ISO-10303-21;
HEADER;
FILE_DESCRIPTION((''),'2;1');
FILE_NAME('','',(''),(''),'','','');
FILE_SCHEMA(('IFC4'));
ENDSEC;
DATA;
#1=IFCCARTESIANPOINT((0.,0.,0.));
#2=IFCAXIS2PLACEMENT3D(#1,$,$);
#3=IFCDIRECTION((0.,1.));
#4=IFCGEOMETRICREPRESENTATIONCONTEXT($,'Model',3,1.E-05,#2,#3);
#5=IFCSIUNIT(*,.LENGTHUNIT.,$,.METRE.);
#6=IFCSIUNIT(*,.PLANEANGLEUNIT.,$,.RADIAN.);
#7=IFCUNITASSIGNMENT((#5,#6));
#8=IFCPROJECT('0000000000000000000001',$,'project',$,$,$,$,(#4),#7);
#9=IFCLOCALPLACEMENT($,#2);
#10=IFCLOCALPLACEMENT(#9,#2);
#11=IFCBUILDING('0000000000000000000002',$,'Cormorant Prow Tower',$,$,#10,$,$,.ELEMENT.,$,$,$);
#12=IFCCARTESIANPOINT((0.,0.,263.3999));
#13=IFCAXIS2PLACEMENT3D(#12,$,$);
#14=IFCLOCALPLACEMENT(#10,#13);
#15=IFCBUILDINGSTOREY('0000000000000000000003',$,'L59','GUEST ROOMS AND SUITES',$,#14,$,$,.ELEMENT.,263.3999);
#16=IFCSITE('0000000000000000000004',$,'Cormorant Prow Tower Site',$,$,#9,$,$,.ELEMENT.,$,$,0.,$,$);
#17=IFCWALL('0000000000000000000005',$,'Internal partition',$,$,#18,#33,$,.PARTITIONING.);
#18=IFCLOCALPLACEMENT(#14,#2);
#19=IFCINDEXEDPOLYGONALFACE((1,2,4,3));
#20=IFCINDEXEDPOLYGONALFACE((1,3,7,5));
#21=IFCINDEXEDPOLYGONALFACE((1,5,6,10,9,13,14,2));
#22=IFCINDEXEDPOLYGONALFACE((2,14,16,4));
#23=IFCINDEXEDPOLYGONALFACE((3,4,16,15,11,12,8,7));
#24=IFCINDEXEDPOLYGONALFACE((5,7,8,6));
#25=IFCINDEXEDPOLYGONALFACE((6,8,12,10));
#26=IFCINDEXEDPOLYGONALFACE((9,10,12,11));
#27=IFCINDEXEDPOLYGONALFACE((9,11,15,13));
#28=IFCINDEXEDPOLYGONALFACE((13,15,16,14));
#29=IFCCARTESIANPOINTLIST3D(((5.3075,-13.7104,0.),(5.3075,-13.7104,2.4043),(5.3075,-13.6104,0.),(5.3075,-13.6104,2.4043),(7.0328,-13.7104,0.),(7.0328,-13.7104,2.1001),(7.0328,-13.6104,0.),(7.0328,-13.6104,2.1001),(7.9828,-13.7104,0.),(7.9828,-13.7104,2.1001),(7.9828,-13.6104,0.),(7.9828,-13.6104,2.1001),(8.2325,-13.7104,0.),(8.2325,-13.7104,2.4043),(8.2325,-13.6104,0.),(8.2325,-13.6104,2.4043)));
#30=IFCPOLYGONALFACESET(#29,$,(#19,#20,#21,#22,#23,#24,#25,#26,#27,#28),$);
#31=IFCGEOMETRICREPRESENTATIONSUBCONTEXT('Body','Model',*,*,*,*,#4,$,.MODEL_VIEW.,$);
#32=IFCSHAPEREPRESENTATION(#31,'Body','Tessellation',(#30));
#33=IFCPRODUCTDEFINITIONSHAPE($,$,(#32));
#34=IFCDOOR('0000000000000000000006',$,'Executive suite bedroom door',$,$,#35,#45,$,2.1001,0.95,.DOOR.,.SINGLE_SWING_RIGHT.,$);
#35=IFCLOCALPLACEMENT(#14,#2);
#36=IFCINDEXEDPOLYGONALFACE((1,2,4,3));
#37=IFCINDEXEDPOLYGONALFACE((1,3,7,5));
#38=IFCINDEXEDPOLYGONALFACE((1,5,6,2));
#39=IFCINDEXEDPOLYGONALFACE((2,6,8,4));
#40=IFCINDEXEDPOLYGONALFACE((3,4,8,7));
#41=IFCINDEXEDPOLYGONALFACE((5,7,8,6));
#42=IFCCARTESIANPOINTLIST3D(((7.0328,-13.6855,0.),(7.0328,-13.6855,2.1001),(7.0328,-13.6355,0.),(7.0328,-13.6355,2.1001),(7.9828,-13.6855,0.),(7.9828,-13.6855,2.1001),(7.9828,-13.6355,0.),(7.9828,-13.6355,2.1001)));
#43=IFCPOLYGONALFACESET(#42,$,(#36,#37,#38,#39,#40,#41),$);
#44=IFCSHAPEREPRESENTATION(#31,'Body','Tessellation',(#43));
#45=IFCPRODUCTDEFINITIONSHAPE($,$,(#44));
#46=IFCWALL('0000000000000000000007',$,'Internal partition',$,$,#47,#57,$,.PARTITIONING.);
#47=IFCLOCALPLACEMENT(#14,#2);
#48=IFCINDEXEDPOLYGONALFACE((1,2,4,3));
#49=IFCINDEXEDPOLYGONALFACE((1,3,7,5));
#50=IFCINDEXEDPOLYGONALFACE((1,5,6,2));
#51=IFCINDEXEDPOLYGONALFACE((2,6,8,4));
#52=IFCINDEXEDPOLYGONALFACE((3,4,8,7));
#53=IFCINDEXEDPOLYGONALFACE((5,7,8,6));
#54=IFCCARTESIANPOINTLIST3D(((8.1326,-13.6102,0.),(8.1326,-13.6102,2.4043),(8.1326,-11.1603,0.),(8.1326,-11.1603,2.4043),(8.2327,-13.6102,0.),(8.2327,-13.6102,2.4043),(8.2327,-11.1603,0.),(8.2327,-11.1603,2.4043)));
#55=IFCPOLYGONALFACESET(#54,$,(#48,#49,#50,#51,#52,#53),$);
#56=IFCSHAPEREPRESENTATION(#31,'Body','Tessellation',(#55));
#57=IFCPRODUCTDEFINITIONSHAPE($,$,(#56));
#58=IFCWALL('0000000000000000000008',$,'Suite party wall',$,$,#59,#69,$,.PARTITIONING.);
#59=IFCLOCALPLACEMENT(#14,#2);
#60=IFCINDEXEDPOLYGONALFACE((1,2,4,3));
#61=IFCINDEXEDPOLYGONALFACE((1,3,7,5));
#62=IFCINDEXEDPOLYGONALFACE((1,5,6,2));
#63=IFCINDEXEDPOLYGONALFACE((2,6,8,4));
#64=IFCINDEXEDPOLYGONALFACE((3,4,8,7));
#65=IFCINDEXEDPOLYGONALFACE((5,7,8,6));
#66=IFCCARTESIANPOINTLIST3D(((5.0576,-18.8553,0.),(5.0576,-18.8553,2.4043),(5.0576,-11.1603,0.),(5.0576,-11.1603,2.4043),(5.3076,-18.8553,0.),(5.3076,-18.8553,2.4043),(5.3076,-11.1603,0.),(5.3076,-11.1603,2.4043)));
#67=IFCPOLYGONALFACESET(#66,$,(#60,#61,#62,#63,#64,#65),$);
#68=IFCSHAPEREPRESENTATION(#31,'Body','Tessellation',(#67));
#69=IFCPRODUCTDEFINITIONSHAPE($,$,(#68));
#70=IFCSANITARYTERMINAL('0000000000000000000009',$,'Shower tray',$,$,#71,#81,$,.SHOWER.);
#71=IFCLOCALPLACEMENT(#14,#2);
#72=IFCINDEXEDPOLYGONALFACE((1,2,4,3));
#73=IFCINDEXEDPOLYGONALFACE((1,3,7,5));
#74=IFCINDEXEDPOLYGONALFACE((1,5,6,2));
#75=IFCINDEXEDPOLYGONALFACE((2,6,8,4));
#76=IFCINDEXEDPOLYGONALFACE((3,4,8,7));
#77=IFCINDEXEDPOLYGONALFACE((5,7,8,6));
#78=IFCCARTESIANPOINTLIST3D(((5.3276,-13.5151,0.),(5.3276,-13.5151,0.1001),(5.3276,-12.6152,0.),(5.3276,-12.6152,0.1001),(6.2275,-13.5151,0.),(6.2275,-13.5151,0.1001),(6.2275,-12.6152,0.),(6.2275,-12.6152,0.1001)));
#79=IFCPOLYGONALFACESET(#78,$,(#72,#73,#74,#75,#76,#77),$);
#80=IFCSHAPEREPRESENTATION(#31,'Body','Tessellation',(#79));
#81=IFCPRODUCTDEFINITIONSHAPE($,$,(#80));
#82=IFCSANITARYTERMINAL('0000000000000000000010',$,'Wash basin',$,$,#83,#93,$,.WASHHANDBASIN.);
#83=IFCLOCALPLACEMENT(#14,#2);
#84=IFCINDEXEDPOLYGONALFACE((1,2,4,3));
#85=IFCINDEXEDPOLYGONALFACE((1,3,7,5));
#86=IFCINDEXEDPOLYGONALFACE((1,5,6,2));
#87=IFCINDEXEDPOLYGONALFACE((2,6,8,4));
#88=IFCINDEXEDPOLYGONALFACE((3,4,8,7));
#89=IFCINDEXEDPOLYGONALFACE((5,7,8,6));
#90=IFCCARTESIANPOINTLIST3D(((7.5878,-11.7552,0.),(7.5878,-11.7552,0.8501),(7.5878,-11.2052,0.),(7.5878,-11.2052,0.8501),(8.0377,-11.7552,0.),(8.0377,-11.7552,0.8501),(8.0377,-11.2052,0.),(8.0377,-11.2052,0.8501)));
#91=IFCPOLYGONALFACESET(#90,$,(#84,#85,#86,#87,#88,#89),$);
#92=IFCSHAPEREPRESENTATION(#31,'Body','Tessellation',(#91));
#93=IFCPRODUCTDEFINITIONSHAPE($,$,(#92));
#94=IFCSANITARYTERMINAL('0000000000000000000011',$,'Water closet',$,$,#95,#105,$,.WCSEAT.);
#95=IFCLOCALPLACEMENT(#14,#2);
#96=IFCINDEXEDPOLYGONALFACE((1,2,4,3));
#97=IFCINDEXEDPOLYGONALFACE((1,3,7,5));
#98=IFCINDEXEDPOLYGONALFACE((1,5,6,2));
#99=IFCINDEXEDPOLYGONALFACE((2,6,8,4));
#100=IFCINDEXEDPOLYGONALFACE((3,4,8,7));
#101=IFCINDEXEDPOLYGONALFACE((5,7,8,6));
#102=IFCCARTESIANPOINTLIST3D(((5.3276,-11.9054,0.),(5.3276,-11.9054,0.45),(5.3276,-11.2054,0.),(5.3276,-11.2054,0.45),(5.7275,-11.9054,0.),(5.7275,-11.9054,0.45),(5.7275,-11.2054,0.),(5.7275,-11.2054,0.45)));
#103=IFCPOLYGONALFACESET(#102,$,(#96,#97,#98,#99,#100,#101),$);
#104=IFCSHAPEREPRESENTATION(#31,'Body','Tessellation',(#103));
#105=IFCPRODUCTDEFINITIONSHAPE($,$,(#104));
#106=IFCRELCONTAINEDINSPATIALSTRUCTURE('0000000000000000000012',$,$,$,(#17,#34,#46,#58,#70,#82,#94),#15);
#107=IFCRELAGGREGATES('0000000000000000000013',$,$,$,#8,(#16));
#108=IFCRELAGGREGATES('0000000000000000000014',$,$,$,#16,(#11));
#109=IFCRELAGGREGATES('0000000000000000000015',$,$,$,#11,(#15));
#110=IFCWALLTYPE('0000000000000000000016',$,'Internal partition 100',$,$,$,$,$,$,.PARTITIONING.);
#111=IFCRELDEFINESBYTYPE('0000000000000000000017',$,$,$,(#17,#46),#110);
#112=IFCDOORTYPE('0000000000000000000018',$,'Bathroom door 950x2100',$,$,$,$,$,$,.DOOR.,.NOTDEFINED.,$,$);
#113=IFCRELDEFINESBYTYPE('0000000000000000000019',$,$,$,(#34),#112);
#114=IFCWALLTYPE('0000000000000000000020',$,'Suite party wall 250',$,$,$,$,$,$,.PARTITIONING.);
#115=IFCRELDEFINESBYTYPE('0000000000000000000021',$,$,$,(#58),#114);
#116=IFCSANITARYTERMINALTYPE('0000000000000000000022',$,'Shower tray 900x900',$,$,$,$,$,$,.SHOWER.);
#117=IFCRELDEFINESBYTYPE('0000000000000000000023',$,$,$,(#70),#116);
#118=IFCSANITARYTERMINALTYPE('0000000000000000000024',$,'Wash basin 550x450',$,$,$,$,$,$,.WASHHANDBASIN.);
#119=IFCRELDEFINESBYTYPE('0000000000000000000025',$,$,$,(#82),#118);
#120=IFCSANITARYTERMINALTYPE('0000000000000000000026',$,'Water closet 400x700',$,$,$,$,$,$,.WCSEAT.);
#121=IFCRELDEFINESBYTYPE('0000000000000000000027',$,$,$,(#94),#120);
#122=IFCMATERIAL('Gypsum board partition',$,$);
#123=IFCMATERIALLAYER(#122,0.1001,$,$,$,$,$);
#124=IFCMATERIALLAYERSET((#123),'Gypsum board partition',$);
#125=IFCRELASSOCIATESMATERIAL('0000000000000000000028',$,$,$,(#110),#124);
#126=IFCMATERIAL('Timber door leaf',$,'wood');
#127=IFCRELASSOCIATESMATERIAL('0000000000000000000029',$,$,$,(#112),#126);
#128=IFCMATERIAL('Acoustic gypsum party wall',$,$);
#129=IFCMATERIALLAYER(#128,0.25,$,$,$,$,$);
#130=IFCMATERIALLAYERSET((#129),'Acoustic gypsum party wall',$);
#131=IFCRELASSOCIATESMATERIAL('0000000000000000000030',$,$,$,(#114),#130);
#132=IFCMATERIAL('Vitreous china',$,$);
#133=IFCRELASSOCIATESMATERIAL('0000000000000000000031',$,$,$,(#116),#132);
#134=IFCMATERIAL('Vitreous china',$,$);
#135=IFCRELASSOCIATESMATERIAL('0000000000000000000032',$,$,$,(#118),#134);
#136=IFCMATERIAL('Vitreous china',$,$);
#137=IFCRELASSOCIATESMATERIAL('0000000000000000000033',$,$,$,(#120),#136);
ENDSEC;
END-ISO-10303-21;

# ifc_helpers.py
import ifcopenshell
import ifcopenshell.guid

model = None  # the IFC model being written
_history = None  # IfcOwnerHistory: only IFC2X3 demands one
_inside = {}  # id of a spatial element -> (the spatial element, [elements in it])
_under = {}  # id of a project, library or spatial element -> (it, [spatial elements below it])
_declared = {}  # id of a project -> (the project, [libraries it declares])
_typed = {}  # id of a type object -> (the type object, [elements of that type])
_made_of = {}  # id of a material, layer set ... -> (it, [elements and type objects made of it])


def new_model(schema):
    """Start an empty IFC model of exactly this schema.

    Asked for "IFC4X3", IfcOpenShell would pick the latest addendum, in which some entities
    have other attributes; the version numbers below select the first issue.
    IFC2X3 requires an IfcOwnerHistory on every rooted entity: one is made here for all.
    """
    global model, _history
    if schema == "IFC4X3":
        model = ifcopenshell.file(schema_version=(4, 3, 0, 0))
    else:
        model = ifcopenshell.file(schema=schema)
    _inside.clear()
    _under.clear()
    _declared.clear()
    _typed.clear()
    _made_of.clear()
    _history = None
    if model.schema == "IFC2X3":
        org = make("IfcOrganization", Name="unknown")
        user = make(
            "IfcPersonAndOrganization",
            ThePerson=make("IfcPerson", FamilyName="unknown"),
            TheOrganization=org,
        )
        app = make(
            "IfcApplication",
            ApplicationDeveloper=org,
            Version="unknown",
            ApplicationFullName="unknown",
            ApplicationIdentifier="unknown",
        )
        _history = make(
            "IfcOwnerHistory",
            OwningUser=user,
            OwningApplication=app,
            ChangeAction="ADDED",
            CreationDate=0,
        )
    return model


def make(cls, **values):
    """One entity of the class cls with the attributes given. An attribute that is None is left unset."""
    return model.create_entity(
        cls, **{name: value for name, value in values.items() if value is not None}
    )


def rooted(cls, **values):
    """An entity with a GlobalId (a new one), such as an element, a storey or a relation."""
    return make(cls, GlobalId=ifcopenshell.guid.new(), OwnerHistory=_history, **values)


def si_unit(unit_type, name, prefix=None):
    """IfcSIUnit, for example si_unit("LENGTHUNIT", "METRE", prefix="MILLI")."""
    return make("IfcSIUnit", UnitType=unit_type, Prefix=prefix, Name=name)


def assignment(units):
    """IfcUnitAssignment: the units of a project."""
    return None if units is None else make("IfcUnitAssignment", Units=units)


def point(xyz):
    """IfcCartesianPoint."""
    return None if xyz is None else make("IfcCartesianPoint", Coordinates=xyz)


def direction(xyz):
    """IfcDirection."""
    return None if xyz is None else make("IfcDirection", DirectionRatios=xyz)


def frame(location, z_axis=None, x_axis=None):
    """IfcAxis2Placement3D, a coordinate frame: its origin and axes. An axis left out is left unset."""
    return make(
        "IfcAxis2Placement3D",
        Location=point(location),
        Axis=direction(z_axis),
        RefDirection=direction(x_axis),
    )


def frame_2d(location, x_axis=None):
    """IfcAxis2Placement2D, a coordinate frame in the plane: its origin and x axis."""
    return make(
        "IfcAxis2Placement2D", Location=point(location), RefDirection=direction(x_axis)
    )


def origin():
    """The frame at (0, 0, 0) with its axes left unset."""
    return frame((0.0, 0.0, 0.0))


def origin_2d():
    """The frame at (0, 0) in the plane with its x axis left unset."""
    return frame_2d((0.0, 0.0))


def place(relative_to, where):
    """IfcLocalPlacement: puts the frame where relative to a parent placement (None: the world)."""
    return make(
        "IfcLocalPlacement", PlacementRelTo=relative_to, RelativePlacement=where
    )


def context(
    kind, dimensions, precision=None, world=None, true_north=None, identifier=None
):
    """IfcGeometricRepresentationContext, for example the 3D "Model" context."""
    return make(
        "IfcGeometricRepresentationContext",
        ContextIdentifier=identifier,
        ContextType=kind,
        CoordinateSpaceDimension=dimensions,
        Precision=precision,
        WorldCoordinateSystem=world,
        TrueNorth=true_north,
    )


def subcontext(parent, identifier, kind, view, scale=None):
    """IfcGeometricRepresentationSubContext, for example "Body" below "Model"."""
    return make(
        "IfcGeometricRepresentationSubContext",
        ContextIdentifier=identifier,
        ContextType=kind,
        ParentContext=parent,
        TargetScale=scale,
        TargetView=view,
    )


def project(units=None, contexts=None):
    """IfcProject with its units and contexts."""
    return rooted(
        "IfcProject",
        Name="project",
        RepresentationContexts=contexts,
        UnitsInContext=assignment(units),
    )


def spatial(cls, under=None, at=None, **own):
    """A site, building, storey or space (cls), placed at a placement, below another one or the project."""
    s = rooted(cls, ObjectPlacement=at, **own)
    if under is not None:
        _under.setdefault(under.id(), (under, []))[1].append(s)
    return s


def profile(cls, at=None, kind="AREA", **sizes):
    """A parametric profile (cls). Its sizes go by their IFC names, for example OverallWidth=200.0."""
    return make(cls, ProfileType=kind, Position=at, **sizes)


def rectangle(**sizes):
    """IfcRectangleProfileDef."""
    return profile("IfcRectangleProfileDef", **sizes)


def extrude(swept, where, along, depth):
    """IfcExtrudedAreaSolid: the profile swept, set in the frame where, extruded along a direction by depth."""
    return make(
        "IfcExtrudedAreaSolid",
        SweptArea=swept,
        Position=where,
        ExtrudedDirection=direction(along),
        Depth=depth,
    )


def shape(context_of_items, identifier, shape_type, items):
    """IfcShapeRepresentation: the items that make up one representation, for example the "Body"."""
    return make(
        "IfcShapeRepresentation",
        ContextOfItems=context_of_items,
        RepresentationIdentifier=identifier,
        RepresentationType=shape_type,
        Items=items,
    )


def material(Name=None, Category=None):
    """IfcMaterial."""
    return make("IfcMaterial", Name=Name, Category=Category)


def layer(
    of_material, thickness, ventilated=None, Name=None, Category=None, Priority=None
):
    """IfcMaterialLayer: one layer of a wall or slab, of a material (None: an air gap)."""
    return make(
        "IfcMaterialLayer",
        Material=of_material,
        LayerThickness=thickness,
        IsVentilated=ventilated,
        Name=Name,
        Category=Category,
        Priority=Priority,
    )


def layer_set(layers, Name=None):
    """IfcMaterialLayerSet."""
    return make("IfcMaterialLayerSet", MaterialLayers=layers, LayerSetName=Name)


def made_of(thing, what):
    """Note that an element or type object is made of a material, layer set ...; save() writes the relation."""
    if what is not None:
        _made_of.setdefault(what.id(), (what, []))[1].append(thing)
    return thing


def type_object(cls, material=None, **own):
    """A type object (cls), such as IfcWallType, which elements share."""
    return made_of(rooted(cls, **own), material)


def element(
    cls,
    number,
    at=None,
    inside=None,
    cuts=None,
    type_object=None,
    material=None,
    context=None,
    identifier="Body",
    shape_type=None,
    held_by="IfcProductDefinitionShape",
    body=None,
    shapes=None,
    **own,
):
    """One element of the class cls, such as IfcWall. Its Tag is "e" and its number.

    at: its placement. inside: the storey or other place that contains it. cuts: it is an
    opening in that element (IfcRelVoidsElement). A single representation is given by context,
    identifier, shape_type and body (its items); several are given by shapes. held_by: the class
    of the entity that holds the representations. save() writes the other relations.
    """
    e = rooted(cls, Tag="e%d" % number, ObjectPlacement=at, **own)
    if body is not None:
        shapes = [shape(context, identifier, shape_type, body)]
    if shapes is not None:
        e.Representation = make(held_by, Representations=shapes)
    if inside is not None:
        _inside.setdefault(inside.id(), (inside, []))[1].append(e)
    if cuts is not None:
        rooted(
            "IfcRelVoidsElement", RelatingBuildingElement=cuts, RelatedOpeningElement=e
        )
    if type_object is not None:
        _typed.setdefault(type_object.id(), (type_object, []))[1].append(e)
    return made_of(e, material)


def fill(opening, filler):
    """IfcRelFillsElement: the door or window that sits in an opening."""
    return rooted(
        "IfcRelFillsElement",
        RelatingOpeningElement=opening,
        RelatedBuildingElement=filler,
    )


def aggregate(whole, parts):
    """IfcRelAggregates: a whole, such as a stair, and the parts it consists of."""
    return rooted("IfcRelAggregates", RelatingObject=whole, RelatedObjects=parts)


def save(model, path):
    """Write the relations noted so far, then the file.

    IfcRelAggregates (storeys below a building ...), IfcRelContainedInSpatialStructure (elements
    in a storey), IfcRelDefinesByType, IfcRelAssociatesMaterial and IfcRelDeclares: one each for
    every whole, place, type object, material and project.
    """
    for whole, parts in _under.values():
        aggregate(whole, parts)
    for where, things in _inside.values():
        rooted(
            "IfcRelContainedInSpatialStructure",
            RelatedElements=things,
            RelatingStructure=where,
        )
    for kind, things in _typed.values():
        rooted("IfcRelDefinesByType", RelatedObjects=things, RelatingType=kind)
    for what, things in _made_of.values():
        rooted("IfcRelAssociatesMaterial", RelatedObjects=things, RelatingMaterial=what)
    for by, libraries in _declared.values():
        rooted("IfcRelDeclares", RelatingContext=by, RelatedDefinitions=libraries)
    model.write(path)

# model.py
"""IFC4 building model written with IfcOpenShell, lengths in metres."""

from ifc_helpers import new_model, si_unit, direction, frame, frame_2d, origin, origin_2d, place, context, subcontext, project, spatial, rectangle, extrude, material, layer, layer_set, type_object, element, fill, save


model = new_model("IFC4")

# Units and contexts
model_context = context("Model", 3, precision=1e-05, world=origin(), true_north=direction((0.0, 1.0)))
body_context = subcontext(model_context, "Body", "Model", "MODEL_VIEW")
ifc_project = project(units=[si_unit("LENGTHUNIT", "METRE"), si_unit("PLANEANGLEUNIT", "RADIAN")], contexts=[model_context])

# Site, building, storey
site_placement = place(None, origin())
site = spatial("IfcSite", under=ifc_project, at=site_placement, Name="Cormorant Prow Tower Site", CompositionType="ELEMENT", RefElevation=0.0)
building_placement = place(site_placement, origin())
building = spatial("IfcBuilding", under=site, at=building_placement, Name="Cormorant Prow Tower", CompositionType="ELEMENT")
storey_placement = place(building_placement, frame((0.0, 0.0, 263.3999)))
storey = spatial("IfcBuildingStorey", under=building, at=storey_placement, Name="L59", Description="GUEST ROOMS AND SUITES", CompositionType="ELEMENT", Elevation=263.3999)

# Wall, opening, door
ifc_material_1 = material(Name="Gypsum board partition")
ifc_layer_1 = layer(ifc_material_1, 0.1001)
ifc_layer_set_1 = layer_set([ifc_layer_1], Name="Gypsum board partition")
wall_type_1 = type_object("IfcWallType", Name="Internal partition 100", PredefinedType="PARTITIONING", material=ifc_layer_set_1)
wall_1_placement = place(storey_placement, frame((5.3076, -13.6604, 0.0), z_axis=(0.0, 0.0, 1.0), x_axis=(1.0, 0.0, 0.0)))
wall_1 = element("IfcWall", 1, at=wall_1_placement, inside=storey, type_object=wall_type_1, Name="Internal partition", PredefinedType="PARTITIONING", context=body_context, shape_type="SweptSolid", body=[
    extrude(rectangle(XDim=2.925, YDim=0.1001, at=frame_2d((1.4624, 0.0))), origin(), (0.0, 0.0, 1.0), 2.4043),
])
opening_1_placement = place(wall_1_placement, frame((1.7251, 0.0, 0.0)))
opening_1 = element("IfcOpeningElement", 2, at=opening_1_placement, cuts=wall_1, PredefinedType="OPENING", context=body_context, shape_type="SweptSolid", body=[
    extrude(rectangle(XDim=0.95, YDim=2.1001, at=frame_2d((0.4751, 1.05))), frame((0.0, 0.0601, 0.0), z_axis=(0.0, -1.0, 0.0), x_axis=(1.0, 0.0, 0.0)), (0.0, 0.0, 1.0), 0.1201),
])
ifc_material_2 = material(Name="Timber door leaf", Category="wood")
door_type_1 = type_object("IfcDoorType", Name="Bathroom door 950x2100", OperationType="NOTDEFINED", PredefinedType="DOOR", material=ifc_material_2)
door_1_placement = place(opening_1_placement, origin())
door_1 = element("IfcDoor", 3, at=door_1_placement, inside=storey, type_object=door_type_1, Name="Executive suite bedroom door", OperationType="SINGLE_SWING_RIGHT", OverallHeight=2.1001, OverallWidth=0.95, PredefinedType="DOOR", context=body_context, shape_type="SweptSolid", body=[
    extrude(rectangle(XDim=0.95, YDim=2.1001, at=frame_2d((0.4751, 1.05))), frame((0.0, 0.0249, 0.0), z_axis=(0.0, -1.0, 0.0), x_axis=(1.0, 0.0, 0.0)), (0.0, 0.0, 1.0), 0.05),
])
fill(opening_1, door_1)

# Walls
wall_2_placement = place(storey_placement, frame((8.1826, -13.6104, 0.0), z_axis=(0.0, 0.0, 1.0), x_axis=(0.0, 1.0, 0.0)))
element("IfcWall", 4, at=wall_2_placement, inside=storey, type_object=wall_type_1, Name="Internal partition", PredefinedType="PARTITIONING", context=body_context, shape_type="SweptSolid", body=[
    extrude(rectangle(XDim=2.45, YDim=0.1001, at=frame_2d((1.2251, 0.0))), origin(), (0.0, 0.0, 1.0), 2.4043),
])
ifc_material_3 = material(Name="Acoustic gypsum party wall")
ifc_layer_2 = layer(ifc_material_3, 0.25)
ifc_layer_set_2 = layer_set([ifc_layer_2], Name="Acoustic gypsum party wall")
wall_type_2 = type_object("IfcWallType", Name="Suite party wall 250", PredefinedType="PARTITIONING", material=ifc_layer_set_2)
wall_3_placement = place(storey_placement, frame((5.1826, -18.8555, 0.0), z_axis=(0.0, 0.0, 1.0), x_axis=(0.0, 1.0, 0.0)))
element("IfcWall", 5, at=wall_3_placement, inside=storey, type_object=wall_type_2, Name="Suite party wall", PredefinedType="PARTITIONING", context=body_context, shape_type="SweptSolid", body=[
    extrude(rectangle(XDim=7.6951, YDim=0.25, at=frame_2d((3.8477, 0.0))), origin(), (0.0, 0.0, 1.0), 2.4043),
])

# Sanitary terminals
ifc_material_4 = material(Name="Vitreous china")
sanitary_terminal_type_1 = type_object("IfcSanitaryTerminalType", Name="Shower tray 900x900", PredefinedType="SHOWER", material=ifc_material_4)
sanitary_terminal_1_placement = place(storey_placement, frame((5.7776, -13.0652, 0.0), z_axis=(0.0, 0.0, 1.0), x_axis=(0.0, 1.0, 0.0)))
element("IfcSanitaryTerminal", 6, at=sanitary_terminal_1_placement, inside=storey, type_object=sanitary_terminal_type_1, Name="Shower tray", PredefinedType="SHOWER", context=body_context, shape_type="SweptSolid", body=[
    extrude(rectangle(XDim=0.8999, YDim=0.8999, at=origin_2d()), origin(), (0.0, 0.0, 1.0), 0.1001),
])
ifc_material_5 = material(Name="Vitreous china")
sanitary_terminal_type_2 = type_object("IfcSanitaryTerminalType", Name="Wash basin 550x450", PredefinedType="WASHHANDBASIN", material=ifc_material_5)
sanitary_terminal_2_placement = place(storey_placement, frame((7.8127, -11.4802, 0.0), z_axis=(0.0, 0.0, 1.0), x_axis=(0.0, -1.0, 0.0)))
element("IfcSanitaryTerminal", 7, at=sanitary_terminal_2_placement, inside=storey, type_object=sanitary_terminal_type_2, Name="Wash basin", PredefinedType="WASHHANDBASIN", context=body_context, shape_type="SweptSolid", body=[
    extrude(rectangle(XDim=0.55, YDim=0.45, at=origin_2d()), origin(), (0.0, 0.0, 1.0), 0.8501),
])
ifc_material_6 = material(Name="Vitreous china")
sanitary_terminal_type_3 = type_object("IfcSanitaryTerminalType", Name="Water closet 400x700", PredefinedType="WCSEAT", material=ifc_material_6)
sanitary_terminal_3_placement = place(storey_placement, frame((5.5276, -11.5554, 0.0), z_axis=(0.0, 0.0, 1.0), x_axis=(1.0, 0.0, 0.0)))
element("IfcSanitaryTerminal", 8, at=sanitary_terminal_3_placement, inside=storey, type_object=sanitary_terminal_type_3, Name="Water closet", PredefinedType="WCSEAT", context=body_context, shape_type="SweptSolid", body=[
    extrude(rectangle(XDim=0.3999, YDim=0.7, at=origin_2d()), origin(), (0.0, 0.0, 1.0), 0.45),
])

save(model, "model.ifc")
